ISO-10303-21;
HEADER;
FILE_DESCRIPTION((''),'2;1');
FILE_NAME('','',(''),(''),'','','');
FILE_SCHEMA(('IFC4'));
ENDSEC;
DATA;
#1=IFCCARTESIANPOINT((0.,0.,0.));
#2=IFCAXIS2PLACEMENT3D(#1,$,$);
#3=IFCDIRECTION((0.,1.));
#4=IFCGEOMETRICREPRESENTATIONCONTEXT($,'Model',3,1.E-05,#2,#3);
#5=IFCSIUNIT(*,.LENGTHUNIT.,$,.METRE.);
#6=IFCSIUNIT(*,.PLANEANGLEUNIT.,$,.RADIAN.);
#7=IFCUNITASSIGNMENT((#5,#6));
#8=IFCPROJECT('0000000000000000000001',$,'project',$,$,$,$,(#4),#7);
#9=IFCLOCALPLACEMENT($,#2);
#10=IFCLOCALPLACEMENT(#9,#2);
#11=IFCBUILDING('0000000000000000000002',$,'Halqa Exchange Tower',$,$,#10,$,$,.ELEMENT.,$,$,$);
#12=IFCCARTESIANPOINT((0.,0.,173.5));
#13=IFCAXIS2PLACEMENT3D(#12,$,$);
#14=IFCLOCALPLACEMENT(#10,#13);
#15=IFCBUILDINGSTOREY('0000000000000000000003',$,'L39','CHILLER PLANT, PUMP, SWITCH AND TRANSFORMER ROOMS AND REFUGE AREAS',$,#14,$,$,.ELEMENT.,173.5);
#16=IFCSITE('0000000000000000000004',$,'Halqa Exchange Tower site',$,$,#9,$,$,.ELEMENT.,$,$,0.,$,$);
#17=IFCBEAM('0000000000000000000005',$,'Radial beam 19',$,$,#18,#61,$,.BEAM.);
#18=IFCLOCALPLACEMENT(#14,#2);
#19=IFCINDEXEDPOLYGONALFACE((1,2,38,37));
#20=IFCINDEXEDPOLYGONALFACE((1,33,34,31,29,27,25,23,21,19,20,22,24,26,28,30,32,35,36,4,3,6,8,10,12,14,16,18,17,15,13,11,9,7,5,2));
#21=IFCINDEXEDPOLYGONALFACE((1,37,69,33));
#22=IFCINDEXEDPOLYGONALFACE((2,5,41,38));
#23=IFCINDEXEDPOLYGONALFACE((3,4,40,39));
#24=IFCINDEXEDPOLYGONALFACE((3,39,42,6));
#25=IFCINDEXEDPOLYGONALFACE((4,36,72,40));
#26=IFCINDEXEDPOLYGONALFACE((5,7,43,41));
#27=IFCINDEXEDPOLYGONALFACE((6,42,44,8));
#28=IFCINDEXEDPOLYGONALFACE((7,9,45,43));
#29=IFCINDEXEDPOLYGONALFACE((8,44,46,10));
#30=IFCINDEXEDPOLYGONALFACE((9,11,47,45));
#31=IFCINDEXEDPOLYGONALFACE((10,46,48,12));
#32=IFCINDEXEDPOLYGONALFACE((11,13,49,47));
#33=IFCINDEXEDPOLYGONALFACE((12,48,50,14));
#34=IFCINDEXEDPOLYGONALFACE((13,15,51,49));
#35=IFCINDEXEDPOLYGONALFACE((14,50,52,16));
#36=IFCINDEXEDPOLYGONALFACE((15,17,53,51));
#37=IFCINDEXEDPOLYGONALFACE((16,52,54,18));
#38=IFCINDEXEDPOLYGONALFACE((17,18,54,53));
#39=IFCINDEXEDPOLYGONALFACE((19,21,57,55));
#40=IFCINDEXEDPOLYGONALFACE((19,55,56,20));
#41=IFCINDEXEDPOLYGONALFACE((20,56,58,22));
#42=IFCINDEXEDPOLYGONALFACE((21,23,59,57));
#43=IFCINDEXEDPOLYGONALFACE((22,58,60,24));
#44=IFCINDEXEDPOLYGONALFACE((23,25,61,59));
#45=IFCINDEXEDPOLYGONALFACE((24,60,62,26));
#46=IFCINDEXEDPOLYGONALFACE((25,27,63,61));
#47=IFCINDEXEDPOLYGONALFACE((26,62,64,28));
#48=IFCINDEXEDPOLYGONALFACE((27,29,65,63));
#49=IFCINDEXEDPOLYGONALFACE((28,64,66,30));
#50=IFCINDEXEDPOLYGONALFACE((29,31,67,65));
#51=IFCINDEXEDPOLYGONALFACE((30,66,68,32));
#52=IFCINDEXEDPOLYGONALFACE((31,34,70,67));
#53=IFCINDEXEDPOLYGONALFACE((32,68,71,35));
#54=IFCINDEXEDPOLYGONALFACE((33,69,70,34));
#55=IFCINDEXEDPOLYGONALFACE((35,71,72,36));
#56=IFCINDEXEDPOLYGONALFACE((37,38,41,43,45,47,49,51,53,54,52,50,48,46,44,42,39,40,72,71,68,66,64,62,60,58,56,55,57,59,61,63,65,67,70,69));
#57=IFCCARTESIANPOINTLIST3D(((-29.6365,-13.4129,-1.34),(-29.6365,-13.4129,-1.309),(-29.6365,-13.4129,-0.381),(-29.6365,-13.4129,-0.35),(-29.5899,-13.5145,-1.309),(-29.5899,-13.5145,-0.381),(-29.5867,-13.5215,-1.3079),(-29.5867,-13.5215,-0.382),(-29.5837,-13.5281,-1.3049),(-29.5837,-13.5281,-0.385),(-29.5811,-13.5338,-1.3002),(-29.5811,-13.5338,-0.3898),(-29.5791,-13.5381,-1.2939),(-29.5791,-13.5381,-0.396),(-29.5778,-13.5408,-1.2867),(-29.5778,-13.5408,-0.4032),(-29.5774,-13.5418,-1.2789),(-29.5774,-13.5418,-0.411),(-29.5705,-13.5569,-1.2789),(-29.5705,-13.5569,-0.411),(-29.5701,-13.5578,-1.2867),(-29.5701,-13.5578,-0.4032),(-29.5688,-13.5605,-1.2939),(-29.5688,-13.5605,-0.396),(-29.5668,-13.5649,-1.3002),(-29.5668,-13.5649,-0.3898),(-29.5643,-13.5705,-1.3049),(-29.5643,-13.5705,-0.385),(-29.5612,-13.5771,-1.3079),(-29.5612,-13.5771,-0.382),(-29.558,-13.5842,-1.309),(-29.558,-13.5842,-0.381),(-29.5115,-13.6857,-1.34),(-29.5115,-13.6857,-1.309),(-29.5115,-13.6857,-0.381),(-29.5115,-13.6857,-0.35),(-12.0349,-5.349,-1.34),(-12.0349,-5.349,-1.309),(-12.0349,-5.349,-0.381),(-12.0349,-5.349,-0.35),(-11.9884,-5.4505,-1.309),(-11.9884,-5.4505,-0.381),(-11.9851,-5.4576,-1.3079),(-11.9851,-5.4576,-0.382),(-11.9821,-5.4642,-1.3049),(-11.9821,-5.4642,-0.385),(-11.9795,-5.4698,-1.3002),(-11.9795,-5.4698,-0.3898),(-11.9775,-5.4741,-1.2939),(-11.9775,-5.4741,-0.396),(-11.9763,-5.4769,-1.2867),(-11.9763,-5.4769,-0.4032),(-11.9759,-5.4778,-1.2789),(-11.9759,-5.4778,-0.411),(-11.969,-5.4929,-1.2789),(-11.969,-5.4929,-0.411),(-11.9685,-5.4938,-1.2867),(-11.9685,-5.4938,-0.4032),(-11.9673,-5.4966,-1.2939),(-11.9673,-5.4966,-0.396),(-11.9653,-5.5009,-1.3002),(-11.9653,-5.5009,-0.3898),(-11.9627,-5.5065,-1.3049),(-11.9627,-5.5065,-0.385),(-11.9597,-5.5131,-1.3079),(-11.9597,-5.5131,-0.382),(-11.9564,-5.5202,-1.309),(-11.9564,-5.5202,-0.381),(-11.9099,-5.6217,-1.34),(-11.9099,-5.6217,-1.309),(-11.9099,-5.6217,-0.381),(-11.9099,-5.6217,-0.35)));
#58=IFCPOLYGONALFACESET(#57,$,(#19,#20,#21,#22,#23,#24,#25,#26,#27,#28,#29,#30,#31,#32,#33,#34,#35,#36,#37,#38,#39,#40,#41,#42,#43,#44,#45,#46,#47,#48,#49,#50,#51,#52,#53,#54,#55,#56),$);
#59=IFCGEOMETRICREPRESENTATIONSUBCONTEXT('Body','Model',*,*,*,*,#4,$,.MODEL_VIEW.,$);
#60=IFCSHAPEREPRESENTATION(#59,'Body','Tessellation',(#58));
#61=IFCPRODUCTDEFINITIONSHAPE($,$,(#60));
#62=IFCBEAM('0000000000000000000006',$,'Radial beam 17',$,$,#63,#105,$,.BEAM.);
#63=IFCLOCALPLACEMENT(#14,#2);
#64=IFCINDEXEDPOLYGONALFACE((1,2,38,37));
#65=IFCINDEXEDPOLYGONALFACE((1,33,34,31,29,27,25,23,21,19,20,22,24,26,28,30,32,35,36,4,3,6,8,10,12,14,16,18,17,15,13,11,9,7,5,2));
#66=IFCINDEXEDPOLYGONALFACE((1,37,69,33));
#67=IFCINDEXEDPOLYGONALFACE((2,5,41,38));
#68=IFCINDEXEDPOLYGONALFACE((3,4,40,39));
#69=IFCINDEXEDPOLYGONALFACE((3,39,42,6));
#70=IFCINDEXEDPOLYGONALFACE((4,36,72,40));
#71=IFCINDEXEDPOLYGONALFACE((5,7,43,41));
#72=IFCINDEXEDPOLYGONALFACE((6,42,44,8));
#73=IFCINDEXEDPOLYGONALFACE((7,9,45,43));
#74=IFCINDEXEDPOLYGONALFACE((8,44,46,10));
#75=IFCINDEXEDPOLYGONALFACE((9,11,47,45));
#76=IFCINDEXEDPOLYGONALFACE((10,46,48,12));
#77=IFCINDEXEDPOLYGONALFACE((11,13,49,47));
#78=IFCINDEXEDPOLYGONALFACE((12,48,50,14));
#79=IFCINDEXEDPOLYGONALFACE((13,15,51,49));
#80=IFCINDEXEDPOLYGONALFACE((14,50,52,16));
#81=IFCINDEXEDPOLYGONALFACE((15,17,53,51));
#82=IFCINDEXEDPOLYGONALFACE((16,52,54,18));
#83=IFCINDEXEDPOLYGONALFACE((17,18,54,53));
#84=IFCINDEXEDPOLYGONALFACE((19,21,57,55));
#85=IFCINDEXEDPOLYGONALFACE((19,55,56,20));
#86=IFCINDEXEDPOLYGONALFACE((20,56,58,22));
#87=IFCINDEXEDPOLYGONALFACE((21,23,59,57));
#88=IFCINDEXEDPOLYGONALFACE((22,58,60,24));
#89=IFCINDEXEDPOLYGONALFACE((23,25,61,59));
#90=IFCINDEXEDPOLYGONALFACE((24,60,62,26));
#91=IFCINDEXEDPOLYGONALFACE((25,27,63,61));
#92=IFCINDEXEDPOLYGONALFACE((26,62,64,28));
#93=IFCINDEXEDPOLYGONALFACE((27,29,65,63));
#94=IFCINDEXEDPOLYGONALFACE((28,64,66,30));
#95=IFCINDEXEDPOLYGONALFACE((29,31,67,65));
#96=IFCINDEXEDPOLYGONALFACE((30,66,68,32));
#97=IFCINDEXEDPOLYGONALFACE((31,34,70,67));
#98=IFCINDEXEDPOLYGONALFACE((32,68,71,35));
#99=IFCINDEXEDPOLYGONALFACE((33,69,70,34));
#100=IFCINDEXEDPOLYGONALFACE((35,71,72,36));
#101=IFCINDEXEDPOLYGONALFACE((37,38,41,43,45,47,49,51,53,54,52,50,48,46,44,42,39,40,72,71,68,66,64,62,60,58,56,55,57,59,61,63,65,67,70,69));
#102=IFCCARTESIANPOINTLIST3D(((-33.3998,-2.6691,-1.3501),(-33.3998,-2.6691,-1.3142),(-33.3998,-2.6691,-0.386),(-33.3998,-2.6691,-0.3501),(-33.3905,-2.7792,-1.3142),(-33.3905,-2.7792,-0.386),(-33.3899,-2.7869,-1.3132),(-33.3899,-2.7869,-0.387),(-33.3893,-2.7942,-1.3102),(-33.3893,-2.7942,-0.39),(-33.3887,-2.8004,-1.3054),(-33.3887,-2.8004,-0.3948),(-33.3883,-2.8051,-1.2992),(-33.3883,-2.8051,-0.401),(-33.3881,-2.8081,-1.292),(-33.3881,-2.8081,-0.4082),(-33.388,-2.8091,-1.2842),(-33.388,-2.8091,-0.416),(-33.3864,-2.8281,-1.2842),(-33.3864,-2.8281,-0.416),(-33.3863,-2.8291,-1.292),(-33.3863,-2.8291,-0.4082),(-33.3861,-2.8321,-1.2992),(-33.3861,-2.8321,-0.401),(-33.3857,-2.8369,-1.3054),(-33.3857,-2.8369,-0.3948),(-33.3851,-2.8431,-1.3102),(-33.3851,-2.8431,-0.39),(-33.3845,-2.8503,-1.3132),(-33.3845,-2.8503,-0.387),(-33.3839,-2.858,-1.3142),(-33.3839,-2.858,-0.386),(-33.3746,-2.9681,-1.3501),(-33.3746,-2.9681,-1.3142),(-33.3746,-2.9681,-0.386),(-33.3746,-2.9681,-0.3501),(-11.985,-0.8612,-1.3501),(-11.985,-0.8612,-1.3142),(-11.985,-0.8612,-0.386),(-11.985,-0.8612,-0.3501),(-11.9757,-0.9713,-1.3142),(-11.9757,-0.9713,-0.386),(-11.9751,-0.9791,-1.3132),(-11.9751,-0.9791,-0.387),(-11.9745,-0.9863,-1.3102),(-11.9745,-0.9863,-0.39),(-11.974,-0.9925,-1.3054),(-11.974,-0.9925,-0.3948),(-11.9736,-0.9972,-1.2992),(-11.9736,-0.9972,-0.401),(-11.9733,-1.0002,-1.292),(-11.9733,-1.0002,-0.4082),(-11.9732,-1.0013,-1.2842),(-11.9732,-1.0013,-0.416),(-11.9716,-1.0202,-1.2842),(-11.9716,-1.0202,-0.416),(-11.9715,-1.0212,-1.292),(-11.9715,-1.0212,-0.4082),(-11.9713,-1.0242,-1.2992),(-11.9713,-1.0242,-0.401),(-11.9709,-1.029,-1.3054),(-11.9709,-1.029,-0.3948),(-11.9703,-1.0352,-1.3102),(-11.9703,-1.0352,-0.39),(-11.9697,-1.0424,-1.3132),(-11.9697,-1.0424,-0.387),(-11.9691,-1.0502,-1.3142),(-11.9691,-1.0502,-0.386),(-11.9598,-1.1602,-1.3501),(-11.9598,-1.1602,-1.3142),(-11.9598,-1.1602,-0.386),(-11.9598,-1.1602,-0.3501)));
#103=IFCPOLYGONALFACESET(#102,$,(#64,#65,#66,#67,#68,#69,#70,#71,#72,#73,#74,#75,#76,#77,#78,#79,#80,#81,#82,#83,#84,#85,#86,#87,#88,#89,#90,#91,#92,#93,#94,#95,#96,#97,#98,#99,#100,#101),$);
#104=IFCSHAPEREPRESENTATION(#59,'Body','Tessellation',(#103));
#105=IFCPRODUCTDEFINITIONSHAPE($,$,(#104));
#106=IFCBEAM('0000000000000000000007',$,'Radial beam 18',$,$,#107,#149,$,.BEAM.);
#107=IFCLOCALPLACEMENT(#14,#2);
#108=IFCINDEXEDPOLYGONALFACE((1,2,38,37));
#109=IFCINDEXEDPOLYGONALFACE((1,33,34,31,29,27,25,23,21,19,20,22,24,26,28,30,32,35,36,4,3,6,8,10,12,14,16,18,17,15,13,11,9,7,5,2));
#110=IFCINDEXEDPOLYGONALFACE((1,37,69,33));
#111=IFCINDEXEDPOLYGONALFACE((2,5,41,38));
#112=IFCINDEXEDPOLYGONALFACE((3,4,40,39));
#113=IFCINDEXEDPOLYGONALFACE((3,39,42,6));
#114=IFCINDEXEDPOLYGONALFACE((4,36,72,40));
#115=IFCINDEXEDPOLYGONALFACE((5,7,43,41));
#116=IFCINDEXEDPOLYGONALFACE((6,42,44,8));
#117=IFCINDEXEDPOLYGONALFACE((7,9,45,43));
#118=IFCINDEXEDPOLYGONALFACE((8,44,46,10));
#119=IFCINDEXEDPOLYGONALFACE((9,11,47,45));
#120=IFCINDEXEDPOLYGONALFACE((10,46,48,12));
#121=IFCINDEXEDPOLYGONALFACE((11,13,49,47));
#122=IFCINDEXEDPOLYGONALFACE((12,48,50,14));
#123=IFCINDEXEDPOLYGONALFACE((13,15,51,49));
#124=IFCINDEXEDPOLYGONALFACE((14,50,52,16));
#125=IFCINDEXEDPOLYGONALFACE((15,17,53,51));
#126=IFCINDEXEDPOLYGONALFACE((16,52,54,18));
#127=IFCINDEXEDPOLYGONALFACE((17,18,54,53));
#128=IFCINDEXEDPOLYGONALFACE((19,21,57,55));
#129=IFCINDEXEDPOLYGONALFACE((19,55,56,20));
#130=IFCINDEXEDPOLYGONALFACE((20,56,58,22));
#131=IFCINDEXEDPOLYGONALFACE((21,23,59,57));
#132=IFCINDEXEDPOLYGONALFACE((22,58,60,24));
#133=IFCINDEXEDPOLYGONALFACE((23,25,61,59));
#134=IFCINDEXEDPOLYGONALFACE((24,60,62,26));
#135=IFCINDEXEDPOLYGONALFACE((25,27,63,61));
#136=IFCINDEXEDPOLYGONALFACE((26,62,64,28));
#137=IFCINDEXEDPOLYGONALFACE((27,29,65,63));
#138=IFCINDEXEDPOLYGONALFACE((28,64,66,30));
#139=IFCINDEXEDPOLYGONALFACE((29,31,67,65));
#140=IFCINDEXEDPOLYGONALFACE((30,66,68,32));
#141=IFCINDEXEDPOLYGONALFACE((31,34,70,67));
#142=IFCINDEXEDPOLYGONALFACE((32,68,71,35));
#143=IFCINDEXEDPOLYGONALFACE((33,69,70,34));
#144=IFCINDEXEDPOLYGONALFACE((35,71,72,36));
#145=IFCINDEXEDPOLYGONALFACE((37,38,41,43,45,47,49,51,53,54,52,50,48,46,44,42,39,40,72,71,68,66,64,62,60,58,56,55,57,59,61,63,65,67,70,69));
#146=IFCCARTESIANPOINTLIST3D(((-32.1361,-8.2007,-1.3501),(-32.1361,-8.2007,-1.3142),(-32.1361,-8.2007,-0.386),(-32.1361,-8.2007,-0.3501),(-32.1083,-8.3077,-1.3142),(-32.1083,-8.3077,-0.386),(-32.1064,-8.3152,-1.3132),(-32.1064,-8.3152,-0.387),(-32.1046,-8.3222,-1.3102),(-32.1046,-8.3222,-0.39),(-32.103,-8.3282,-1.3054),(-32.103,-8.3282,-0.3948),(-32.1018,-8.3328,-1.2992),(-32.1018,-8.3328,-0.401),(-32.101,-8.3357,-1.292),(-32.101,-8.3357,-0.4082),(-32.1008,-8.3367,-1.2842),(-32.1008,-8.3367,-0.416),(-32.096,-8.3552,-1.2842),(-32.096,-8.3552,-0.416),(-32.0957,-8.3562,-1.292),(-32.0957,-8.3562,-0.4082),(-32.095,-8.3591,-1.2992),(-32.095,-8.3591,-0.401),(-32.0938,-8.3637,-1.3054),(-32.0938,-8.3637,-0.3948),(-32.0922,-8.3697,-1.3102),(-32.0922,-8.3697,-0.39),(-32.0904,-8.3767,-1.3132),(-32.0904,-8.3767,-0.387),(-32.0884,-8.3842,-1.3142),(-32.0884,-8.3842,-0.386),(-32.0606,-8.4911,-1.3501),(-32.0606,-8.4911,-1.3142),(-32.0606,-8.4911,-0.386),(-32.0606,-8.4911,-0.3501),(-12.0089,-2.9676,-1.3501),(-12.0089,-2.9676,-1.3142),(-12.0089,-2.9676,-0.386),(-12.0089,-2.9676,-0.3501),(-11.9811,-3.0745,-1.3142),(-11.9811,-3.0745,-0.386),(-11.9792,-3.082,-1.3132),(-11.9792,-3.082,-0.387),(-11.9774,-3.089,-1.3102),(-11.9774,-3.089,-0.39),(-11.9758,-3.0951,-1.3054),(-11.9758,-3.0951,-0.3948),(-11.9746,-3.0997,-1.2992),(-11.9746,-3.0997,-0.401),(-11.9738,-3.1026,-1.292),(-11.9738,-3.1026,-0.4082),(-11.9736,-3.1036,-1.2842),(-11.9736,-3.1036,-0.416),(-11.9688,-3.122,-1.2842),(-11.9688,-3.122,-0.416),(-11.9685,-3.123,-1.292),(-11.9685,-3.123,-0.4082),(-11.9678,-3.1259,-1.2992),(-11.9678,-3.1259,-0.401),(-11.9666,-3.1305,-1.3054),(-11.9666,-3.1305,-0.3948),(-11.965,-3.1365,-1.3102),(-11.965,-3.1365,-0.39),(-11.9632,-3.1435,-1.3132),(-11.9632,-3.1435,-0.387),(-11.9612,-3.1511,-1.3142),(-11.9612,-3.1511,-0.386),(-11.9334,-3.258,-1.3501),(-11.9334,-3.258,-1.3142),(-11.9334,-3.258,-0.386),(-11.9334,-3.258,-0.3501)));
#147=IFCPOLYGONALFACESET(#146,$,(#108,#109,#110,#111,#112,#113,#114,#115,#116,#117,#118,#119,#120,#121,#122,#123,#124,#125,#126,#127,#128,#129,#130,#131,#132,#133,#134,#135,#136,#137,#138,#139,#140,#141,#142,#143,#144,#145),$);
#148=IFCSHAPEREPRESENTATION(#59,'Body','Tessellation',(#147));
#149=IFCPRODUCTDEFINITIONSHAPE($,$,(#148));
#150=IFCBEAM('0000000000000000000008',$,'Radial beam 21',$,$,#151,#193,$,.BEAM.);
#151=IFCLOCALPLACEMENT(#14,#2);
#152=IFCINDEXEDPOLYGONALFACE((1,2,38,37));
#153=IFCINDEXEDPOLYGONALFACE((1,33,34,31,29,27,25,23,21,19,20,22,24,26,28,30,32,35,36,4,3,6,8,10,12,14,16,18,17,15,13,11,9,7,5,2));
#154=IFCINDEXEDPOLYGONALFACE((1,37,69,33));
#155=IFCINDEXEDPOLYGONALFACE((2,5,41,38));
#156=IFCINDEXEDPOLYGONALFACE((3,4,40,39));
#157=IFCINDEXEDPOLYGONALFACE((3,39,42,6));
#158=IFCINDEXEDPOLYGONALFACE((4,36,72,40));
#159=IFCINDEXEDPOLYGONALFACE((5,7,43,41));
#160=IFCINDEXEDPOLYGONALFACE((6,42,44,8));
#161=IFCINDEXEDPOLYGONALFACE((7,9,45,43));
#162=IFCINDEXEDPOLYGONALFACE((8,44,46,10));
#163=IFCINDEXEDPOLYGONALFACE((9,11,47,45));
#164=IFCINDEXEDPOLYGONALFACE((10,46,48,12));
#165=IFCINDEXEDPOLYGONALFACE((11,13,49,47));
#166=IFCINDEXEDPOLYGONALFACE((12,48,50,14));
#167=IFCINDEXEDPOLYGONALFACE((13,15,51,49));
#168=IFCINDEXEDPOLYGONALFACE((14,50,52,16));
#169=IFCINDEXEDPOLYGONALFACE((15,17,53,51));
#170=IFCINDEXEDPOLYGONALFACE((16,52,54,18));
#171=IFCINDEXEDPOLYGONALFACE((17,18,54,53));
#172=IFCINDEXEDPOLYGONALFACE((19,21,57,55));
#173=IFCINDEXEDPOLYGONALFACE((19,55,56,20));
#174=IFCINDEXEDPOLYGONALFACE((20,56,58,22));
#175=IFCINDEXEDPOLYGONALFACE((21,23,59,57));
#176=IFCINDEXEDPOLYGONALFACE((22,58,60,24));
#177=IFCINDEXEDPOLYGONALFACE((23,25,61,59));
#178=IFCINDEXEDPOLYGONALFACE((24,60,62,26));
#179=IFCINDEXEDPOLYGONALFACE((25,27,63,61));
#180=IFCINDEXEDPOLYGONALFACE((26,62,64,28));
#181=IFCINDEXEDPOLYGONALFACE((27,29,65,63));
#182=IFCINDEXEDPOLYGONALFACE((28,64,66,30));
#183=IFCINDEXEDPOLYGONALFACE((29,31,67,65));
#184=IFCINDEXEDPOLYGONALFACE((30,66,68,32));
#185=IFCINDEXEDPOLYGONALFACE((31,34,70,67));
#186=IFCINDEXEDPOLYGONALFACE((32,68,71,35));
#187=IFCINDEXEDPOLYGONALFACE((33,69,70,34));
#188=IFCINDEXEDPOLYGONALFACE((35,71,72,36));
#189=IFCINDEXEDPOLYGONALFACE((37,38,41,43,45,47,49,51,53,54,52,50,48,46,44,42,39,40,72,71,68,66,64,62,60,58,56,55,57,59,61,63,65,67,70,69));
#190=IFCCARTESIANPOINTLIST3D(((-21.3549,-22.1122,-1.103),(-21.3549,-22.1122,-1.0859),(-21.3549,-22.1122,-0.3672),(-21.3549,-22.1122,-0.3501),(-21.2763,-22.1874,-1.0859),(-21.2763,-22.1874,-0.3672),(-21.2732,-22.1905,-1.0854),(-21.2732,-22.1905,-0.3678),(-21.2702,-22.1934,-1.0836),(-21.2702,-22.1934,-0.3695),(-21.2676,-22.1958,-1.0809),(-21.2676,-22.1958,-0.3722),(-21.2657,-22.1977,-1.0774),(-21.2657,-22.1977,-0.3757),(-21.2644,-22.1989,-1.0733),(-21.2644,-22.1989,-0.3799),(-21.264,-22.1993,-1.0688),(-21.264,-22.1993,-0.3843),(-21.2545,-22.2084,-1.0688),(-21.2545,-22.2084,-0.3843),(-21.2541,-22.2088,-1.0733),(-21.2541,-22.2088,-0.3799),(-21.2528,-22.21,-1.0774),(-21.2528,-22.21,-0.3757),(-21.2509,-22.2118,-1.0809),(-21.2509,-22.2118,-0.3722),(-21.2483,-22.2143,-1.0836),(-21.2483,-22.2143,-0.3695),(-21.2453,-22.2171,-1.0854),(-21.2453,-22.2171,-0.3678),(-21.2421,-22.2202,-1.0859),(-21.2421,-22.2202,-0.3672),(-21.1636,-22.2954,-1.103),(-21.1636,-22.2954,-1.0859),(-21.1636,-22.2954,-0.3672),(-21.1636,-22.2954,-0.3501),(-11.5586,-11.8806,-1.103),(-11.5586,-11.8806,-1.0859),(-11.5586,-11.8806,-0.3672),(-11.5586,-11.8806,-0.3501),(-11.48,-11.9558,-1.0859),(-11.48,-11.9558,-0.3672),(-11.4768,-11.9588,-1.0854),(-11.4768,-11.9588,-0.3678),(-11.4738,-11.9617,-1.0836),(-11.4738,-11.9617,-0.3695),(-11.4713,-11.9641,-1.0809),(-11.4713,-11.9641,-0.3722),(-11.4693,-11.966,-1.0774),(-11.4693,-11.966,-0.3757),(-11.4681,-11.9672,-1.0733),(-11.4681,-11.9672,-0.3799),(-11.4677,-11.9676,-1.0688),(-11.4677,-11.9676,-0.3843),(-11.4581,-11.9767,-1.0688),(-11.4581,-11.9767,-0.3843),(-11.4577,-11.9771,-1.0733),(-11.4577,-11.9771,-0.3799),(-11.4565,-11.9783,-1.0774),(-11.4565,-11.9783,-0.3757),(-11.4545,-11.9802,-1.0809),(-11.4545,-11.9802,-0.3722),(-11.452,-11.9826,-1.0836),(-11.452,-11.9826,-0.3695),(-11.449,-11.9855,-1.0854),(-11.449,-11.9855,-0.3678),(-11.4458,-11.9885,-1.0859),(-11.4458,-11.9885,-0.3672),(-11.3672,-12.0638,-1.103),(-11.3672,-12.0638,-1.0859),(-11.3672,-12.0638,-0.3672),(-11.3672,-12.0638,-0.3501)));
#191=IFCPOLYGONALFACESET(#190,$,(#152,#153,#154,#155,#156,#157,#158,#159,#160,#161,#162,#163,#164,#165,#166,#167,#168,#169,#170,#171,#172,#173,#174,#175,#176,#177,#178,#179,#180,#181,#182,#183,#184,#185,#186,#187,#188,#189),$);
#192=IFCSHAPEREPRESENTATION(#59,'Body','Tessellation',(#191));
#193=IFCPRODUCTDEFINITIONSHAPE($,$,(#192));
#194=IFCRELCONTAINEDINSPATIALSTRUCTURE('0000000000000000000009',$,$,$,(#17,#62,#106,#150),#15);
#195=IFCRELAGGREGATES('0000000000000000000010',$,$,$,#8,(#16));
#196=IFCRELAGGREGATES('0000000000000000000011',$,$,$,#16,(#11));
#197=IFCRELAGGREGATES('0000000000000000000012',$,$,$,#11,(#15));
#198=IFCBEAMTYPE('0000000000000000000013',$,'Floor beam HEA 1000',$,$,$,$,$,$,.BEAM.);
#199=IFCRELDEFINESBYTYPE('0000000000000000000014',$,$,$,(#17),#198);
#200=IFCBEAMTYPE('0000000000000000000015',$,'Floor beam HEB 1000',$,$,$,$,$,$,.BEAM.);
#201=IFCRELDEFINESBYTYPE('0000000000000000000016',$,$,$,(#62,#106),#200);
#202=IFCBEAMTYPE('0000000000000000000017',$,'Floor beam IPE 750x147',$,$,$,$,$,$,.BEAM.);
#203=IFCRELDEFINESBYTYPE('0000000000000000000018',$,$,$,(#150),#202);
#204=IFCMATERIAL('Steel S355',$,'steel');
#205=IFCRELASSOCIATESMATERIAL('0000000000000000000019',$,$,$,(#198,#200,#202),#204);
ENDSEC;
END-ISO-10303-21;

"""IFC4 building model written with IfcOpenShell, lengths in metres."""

from ifc_helpers import new_model, si_unit, direction, frame, origin, origin_2d, place, context, subcontext, project, spatial, i_section, extrude, material, material_profile, profile_set, type_object, element, save


model = new_model("IFC4")

# Units and contexts
model_context = context("Model", 3, precision=1e-05, world=origin(), true_north=direction((0.0, 1.0)))
body_context = subcontext(model_context, "Body", "Model", "MODEL_VIEW")
ifc_project = project(units=[si_unit("LENGTHUNIT", "METRE"), si_unit("PLANEANGLEUNIT", "RADIAN")], contexts=[model_context])

# Site, building, storey
site_placement = place(None, origin())
site = spatial("IfcSite", under=ifc_project, at=site_placement, Name="Halqa Exchange Tower site", CompositionType="ELEMENT", RefElevation=0.0)
building_placement = place(site_placement, origin())
building = spatial("IfcBuilding", under=site, at=building_placement, Name="Halqa Exchange Tower", CompositionType="ELEMENT")
storey_placement = place(building_placement, frame((0.0, 0.0, 173.5)))
storey = spatial("IfcBuildingStorey", under=building, at=storey_placement, Name="L39", Description="CHILLER PLANT, PUMP, SWITCH AND TRANSFORMER ROOMS AND REFUGE AREAS", CompositionType="ELEMENT", Elevation=173.5)

# Beams
ifc_material_1 = material(Name="Steel S355", Category="steel")
ifc_material_profile_1 = material_profile(ifc_material_1, i_section(OverallWidth=0.3, OverallDepth=0.99, WebThickness=0.0166, FlangeThickness=0.031, FilletRadius=0.03, at=origin_2d()), Name="HEA 1000")
ifc_profile_set_1 = profile_set([ifc_material_profile_1], Name="Steel S355")
beam_type_1 = type_object("IfcBeamType", Name="Floor beam HEA 1000", PredefinedType="BEAM", material=ifc_profile_set_1)
beam_1_placement = place(storey_placement, frame((-11.9724, -5.4854, -0.845), z_axis=(-0.909132, -0.416509, 0.0), x_axis=(0.416509, -0.909132, 0.0)))
element("IfcBeam", 1, at=beam_1_placement, inside=storey, type_object=beam_type_1, Name="Radial beam 19", PredefinedType="BEAM", context=body_context, shape_type="SweptSolid", body=[
    extrude(i_section(OverallWidth=0.3, OverallDepth=0.99, WebThickness=0.0166, FlangeThickness=0.031, FilletRadius=0.03, at=origin_2d()), origin(), (0.0, 0.0, 1.0), 19.3608),
])
ifc_material_profile_2 = material_profile(ifc_material_1, i_section(OverallWidth=0.3, OverallDepth=1.0, WebThickness=0.019, FlangeThickness=0.0359, FilletRadius=0.03, at=origin_2d()), Name="HEB 1000")
ifc_profile_set_2 = profile_set([ifc_material_profile_2], Name="Steel S355")
beam_type_2 = type_object("IfcBeamType", Name="Floor beam HEB 1000", PredefinedType="BEAM", material=ifc_profile_set_2)
beam_2_placement = place(storey_placement, frame((-11.9724, -1.0107, -0.8501), z_axis=(-0.996455, -0.084122, 0.0), x_axis=(0.084122, -0.996455, 0.0)))
element("IfcBeam", 2, at=beam_2_placement, inside=storey, type_object=beam_type_2, Name="Radial beam 17", PredefinedType="BEAM", context=body_context, shape_type="SweptSolid", body=[
    extrude(i_section(OverallWidth=0.3, OverallDepth=1.0, WebThickness=0.019, FlangeThickness=0.0359, FilletRadius=0.03, at=origin_2d()), origin(), (0.0, 0.0, 1.0), 21.491),
])
beam_3_placement = place(storey_placement, frame((-11.9712, -3.1128, -0.8501), z_axis=(-0.967822, -0.251638, 0.0), x_axis=(0.251638, -0.967822, 0.0)))
element("IfcBeam", 3, at=beam_3_placement, inside=storey, type_object=beam_type_2, Name="Radial beam 18", PredefinedType="BEAM", context=body_context, shape_type="SweptSolid", body=[
    extrude(i_section(OverallWidth=0.3, OverallDepth=1.0, WebThickness=0.019, FlangeThickness=0.0359, FilletRadius=0.03, at=origin_2d()), origin(), (0.0, 0.0, 1.0), 20.7964),
])
ifc_material_profile_3 = material_profile(ifc_material_1, i_section(OverallWidth=0.2649, OverallDepth=0.7529, WebThickness=0.0132, FlangeThickness=0.0171, FilletRadius=0.0171, at=origin_2d()), Name="IPE 750x147")
ifc_profile_set_3 = profile_set([ifc_material_profile_3], Name="Steel S355")
beam_type_3 = type_object("IfcBeamType", Name="Floor beam IPE 750x147", PredefinedType="BEAM", material=ifc_profile_set_3)
beam_4_placement = place(storey_placement, frame((-11.4629, -11.9722, -0.7266), z_axis=(-0.691575, -0.722305, 0.0), x_axis=(0.722305, -0.691575, 0.0)))
element("IfcBeam", 4, at=beam_4_placement, inside=storey, type_object=beam_type_3, Name="Radial beam 21", PredefinedType="BEAM", context=body_context, shape_type="SweptSolid", body=[
    extrude(i_section(OverallWidth=0.2649, OverallDepth=0.7529, WebThickness=0.0132, FlangeThickness=0.0171, FilletRadius=0.0171, at=origin_2d()), origin(), (0.0, 0.0, 1.0), 14.1653),
])

save(model, "model.ifc")
